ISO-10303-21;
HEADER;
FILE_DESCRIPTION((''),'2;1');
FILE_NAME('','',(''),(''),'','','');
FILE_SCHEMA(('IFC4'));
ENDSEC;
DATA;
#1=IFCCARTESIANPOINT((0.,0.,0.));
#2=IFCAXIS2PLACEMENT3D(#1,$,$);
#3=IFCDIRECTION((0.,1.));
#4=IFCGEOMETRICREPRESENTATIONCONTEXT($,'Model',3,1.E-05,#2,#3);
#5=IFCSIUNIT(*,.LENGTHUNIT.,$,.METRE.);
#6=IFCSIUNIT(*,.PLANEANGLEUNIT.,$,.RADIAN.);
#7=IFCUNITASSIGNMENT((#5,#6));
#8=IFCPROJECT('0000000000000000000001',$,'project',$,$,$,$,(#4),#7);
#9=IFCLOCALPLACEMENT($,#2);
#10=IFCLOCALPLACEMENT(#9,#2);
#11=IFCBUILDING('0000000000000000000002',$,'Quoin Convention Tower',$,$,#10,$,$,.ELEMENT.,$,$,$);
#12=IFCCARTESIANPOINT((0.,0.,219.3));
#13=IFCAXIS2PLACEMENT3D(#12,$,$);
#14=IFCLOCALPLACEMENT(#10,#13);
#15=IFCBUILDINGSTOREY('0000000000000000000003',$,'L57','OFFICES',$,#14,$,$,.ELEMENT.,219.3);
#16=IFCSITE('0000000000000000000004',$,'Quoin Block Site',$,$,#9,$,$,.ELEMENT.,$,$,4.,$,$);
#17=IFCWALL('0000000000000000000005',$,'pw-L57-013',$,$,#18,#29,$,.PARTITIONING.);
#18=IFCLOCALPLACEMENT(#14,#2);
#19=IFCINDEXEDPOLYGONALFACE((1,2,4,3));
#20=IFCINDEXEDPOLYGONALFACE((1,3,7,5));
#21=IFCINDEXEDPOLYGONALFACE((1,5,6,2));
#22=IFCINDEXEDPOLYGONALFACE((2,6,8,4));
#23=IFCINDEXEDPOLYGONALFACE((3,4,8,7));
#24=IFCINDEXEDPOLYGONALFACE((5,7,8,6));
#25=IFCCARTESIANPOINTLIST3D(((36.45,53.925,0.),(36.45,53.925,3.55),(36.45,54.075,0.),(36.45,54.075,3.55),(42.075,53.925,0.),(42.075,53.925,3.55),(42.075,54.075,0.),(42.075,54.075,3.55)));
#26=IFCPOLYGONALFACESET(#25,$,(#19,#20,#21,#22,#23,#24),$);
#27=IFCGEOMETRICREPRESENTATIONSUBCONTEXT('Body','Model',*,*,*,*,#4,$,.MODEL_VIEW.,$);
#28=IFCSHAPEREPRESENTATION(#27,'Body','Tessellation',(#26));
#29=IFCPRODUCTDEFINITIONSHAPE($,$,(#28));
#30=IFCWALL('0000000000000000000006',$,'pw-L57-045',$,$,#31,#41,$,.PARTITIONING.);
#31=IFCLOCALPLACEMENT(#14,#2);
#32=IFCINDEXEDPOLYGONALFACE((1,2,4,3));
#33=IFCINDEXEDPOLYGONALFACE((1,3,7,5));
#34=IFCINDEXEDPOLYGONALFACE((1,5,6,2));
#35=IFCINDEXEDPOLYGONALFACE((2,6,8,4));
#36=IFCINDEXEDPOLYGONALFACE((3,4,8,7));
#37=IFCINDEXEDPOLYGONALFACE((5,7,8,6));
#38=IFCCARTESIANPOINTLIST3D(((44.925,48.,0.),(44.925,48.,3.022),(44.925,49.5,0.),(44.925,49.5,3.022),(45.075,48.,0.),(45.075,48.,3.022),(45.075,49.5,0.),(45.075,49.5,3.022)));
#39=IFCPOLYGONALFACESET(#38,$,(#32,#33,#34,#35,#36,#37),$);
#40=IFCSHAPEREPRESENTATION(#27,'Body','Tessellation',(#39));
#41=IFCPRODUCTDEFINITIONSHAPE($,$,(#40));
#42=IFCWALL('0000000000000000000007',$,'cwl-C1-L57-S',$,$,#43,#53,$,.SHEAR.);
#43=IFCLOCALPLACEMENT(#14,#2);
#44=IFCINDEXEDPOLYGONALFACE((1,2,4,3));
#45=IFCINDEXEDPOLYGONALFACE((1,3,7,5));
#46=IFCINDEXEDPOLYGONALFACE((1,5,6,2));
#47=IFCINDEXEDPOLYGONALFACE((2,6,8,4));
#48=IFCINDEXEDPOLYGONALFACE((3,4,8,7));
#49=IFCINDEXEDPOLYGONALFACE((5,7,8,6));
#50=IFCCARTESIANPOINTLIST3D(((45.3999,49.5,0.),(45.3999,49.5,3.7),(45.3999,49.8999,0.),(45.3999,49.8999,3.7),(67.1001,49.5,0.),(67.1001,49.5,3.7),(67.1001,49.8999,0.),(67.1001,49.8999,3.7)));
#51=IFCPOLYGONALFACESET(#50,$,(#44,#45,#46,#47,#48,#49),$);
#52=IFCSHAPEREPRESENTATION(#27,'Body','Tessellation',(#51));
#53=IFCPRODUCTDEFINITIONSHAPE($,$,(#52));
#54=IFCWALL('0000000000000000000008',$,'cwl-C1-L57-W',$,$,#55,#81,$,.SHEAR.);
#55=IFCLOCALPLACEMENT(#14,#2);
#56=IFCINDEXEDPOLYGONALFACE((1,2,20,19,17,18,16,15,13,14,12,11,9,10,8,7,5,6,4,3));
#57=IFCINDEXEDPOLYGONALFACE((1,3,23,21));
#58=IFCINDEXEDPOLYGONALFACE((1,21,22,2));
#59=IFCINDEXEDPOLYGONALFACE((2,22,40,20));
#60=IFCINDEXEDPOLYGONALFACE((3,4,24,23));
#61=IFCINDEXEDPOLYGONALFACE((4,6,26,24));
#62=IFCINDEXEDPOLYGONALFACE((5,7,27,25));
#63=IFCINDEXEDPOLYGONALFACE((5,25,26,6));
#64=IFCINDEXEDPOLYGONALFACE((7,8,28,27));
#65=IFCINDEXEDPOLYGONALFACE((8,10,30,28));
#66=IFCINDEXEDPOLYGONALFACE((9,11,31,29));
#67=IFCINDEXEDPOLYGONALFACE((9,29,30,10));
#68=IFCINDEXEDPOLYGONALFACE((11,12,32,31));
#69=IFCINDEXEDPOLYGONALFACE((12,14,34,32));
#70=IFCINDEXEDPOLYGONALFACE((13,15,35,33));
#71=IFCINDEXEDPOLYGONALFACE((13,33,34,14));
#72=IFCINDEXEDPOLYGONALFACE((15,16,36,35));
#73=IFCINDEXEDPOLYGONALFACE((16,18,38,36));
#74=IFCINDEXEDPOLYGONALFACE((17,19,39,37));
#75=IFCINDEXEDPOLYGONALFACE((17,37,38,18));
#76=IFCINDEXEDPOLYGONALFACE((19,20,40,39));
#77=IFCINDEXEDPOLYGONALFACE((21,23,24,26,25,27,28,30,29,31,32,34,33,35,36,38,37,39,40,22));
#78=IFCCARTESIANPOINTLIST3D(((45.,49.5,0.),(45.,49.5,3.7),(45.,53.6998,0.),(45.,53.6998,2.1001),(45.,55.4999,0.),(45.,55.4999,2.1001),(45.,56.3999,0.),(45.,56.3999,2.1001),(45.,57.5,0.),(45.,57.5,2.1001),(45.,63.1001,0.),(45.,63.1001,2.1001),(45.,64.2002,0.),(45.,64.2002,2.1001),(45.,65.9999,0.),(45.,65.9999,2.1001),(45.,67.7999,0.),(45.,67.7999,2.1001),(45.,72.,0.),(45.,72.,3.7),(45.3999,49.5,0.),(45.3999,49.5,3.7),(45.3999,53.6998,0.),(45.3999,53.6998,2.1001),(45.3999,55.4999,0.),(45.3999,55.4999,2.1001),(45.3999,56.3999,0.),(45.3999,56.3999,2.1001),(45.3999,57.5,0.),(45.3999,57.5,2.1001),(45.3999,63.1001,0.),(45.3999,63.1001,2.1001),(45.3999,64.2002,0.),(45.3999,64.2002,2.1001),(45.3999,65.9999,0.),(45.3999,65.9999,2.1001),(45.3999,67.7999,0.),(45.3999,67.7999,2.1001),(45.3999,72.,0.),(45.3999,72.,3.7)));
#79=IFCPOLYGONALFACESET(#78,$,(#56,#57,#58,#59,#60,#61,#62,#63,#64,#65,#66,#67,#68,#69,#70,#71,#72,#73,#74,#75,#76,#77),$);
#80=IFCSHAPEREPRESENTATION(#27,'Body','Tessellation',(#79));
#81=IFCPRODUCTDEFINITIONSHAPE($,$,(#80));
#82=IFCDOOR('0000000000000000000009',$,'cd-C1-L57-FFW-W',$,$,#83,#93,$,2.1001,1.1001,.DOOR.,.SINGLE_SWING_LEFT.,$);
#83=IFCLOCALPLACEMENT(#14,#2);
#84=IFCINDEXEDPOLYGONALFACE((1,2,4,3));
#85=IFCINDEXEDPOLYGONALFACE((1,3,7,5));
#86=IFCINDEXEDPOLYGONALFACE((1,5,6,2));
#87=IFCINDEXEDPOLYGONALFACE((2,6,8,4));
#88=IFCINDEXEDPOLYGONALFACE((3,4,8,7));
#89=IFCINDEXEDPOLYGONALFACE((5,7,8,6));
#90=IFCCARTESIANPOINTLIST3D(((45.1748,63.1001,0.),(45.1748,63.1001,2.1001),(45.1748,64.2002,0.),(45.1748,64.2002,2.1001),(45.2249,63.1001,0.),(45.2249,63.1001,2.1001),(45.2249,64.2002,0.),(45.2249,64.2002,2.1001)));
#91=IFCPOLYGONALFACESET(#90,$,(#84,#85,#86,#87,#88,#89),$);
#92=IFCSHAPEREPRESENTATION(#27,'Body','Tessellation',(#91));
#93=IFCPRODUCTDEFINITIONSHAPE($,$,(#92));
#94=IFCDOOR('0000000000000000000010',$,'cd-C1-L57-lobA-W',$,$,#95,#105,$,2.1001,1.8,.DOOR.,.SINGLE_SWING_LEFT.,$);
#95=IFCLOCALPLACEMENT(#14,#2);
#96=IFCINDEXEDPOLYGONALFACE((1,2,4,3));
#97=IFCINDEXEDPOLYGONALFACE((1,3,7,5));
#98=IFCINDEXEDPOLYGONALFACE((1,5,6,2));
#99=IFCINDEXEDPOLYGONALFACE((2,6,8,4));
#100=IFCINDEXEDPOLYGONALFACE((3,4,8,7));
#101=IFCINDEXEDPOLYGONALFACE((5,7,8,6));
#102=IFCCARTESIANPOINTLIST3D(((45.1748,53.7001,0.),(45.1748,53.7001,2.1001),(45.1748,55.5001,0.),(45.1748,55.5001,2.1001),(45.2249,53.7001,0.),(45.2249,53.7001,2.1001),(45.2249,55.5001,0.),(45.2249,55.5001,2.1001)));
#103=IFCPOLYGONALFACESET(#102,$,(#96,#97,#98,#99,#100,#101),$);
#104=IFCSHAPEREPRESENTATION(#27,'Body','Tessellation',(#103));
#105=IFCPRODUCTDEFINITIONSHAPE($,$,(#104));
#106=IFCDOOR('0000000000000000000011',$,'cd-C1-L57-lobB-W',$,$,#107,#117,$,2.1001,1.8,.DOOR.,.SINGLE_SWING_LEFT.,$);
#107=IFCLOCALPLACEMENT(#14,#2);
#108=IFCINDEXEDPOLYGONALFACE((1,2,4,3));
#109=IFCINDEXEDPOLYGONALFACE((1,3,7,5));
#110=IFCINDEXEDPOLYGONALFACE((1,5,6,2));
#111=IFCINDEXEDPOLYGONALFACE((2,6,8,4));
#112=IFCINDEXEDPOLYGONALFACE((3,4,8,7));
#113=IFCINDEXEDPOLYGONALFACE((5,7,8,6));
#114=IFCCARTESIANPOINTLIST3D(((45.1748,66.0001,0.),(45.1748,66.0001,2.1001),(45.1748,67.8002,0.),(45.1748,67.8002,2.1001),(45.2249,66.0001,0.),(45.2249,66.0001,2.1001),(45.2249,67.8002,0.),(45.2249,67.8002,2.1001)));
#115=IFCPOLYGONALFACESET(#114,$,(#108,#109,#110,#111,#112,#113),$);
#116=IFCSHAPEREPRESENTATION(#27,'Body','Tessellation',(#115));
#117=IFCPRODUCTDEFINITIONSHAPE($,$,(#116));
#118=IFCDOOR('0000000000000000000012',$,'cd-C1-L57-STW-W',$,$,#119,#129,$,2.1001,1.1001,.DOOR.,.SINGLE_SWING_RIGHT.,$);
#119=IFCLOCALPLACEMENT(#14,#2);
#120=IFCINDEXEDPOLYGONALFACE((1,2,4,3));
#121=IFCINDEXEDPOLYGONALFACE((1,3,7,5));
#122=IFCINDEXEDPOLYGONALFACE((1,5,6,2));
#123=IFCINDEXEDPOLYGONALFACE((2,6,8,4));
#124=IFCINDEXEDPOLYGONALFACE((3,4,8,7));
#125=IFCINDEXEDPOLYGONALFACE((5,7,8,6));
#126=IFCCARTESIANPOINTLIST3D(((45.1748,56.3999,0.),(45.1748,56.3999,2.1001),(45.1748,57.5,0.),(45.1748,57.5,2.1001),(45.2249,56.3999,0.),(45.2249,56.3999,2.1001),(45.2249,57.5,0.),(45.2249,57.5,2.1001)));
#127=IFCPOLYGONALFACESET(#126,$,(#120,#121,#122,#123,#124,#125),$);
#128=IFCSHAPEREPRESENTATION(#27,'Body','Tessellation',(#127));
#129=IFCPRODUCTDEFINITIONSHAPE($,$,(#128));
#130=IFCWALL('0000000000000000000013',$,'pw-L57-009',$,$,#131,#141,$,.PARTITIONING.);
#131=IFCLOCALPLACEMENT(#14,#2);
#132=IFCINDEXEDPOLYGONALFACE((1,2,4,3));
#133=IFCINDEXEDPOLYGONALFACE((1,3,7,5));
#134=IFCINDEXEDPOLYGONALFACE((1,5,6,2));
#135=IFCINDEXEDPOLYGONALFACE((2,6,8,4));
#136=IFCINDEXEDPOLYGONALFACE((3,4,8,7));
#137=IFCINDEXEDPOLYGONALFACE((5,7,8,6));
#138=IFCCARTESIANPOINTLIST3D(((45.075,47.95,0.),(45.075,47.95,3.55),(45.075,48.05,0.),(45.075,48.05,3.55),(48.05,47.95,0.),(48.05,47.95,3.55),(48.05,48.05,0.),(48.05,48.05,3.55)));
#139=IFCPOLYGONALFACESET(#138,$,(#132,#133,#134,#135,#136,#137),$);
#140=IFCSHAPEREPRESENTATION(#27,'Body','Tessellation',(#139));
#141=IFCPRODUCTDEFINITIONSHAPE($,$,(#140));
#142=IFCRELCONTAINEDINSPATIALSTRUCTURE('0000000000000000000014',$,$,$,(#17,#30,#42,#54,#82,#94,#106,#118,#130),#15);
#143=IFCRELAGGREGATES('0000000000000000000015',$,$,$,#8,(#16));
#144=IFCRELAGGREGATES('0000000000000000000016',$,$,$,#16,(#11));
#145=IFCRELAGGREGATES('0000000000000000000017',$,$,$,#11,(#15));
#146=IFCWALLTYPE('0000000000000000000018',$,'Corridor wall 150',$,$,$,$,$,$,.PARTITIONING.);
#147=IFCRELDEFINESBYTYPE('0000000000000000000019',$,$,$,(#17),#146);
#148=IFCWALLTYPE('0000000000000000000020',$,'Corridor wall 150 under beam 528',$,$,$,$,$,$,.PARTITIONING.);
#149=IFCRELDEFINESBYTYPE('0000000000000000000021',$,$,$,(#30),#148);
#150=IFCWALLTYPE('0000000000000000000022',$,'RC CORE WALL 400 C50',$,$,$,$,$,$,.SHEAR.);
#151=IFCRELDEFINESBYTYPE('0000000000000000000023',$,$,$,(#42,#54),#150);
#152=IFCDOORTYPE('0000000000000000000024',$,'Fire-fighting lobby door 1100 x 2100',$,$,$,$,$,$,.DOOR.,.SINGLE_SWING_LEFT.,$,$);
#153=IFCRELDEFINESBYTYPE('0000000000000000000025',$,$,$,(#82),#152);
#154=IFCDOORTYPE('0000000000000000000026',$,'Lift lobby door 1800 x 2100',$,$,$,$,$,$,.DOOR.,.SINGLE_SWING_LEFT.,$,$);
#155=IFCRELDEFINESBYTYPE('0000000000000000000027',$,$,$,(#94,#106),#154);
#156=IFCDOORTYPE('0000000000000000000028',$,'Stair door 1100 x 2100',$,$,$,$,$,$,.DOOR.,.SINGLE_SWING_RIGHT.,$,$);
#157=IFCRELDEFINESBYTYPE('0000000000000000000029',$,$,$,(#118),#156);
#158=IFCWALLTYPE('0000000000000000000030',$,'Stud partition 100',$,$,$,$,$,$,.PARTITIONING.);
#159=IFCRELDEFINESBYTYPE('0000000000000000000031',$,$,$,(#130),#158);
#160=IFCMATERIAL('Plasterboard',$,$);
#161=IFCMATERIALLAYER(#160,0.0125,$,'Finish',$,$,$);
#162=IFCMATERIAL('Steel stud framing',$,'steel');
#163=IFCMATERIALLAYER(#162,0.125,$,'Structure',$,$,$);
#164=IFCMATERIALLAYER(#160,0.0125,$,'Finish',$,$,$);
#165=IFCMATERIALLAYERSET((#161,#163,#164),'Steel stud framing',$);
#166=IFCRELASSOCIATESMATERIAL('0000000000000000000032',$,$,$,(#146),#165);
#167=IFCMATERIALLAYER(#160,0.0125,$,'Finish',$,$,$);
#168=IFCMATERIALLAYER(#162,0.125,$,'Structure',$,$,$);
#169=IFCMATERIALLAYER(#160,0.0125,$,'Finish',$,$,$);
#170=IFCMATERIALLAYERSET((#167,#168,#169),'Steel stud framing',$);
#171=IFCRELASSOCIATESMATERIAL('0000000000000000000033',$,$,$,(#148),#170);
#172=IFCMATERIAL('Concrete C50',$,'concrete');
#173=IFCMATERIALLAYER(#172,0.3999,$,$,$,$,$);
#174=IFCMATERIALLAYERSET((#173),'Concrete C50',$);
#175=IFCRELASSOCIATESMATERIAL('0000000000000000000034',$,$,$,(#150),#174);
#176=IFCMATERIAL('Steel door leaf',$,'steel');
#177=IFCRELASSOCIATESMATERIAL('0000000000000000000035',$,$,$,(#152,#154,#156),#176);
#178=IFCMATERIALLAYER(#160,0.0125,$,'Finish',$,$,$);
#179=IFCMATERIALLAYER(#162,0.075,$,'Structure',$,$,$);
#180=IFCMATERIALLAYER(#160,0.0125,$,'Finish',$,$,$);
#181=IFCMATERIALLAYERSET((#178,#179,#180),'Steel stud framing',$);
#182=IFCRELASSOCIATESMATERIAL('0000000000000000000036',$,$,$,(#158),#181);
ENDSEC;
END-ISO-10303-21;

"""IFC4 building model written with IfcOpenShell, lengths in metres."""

from ifc_helpers import new_model, si_unit, direction, frame, frame_2d, origin, place, context, subcontext, project, spatial, rectangle, extrude, material, layer, layer_set, type_object, element, fill, save


model = new_model("IFC4")

# Units and contexts
model_context = context("Model", 3, precision=1e-05, world=origin(), true_north=direction((0.0, 1.0)))
body_context = subcontext(model_context, "Body", "Model", "MODEL_VIEW")
ifc_project = project(units=[si_unit("LENGTHUNIT", "METRE"), si_unit("PLANEANGLEUNIT", "RADIAN")], contexts=[model_context])

# Site, building, storey
site_placement = place(None, origin())
site = spatial("IfcSite", under=ifc_project, at=site_placement, Name="Quoin Block Site", CompositionType="ELEMENT", RefElevation=4.0)
building_placement = place(site_placement, origin())
building = spatial("IfcBuilding", under=site, at=building_placement, Name="Quoin Convention Tower", CompositionType="ELEMENT")
storey_placement = place(building_placement, frame((0.0, 0.0, 219.3)))
storey = spatial("IfcBuildingStorey", under=building, at=storey_placement, Name="L57", Description="OFFICES", CompositionType="ELEMENT", Elevation=219.3)

# Shared definitions
ifc_material_1 = material(Name="Plasterboard")
ifc_material_2 = material(Name="Steel stud framing", Category="steel")
ifc_material_3 = material(Name="Steel door leaf", Category="steel")

# Walls
ifc_layer_1 = layer(ifc_material_1, 0.0125, Name="Finish")
ifc_layer_2 = layer(ifc_material_2, 0.125, Name="Structure")
ifc_layer_3 = layer(ifc_material_1, 0.0125, Name="Finish")
ifc_layer_set_1 = layer_set([ifc_layer_1, ifc_layer_2, ifc_layer_3], Name="Steel stud framing")
wall_type_1 = type_object("IfcWallType", Name="Corridor wall 150", PredefinedType="PARTITIONING", material=ifc_layer_set_1)
wall_1_placement = place(storey_placement, frame((36.45, 54.0, 0.0), z_axis=(0.0, 0.0, 1.0), x_axis=(1.0, 0.0, 0.0)))
element("IfcWall", 1, at=wall_1_placement, inside=storey, type_object=wall_type_1, Name="pw-L57-013", PredefinedType="PARTITIONING", context=body_context, shape_type="SweptSolid", body=[
    extrude(rectangle(XDim=5.625, YDim=0.1499, at=frame_2d((2.8125, 0.0))), origin(), (0.0, 0.0, 1.0), 3.55),
])
ifc_layer_4 = layer(ifc_material_1, 0.0125, Name="Finish")
ifc_layer_5 = layer(ifc_material_2, 0.125, Name="Structure")
ifc_layer_6 = layer(ifc_material_1, 0.0125, Name="Finish")
ifc_layer_set_2 = layer_set([ifc_layer_4, ifc_layer_5, ifc_layer_6], Name="Steel stud framing")
wall_type_2 = type_object("IfcWallType", Name="Corridor wall 150 under beam 528", PredefinedType="PARTITIONING", material=ifc_layer_set_2)
wall_2_placement = place(storey_placement, frame((45.0, 48.0, 0.0), z_axis=(0.0, 0.0, 1.0), x_axis=(0.0, 1.0, 0.0)))
element("IfcWall", 2, at=wall_2_placement, inside=storey, type_object=wall_type_2, Name="pw-L57-045", PredefinedType="PARTITIONING", context=body_context, shape_type="SweptSolid", body=[
    extrude(rectangle(XDim=1.5, YDim=0.1499, at=frame_2d((0.75, 0.0))), origin(), (0.0, 0.0, 1.0), 3.022),
])
ifc_material_4 = material(Name="Concrete C50", Category="concrete")
ifc_layer_7 = layer(ifc_material_4, 0.3999)
ifc_layer_set_3 = layer_set([ifc_layer_7], Name="Concrete C50")
wall_type_3 = type_object("IfcWallType", Name="RC CORE WALL 400 C50", PredefinedType="SHEAR", material=ifc_layer_set_3)
wall_3_placement = place(storey_placement, frame((45.3999, 49.7, 0.0), z_axis=(0.0, 0.0, 1.0), x_axis=(1.0, 0.0, 0.0)))
element("IfcWall", 3, at=wall_3_placement, inside=storey, type_object=wall_type_3, Name="cwl-C1-L57-S", PredefinedType="SHEAR", context=body_context, shape_type="SweptSolid", body=[
    extrude(rectangle(XDim=21.7002, YDim=0.3999, at=frame_2d((10.8501, 0.0))), origin(), (0.0, 0.0, 1.0), 3.7),
])

# Wall, openings, doors
wall_4_placement = place(storey_placement, frame((45.2, 49.5, 0.0), z_axis=(0.0, 0.0, 1.0), x_axis=(0.0, 1.0, 0.0)))
wall_4 = element("IfcWall", 4, at=wall_4_placement, inside=storey, type_object=wall_type_3, Name="cwl-C1-L57-W", PredefinedType="SHEAR", context=body_context, shape_type="SweptSolid", body=[
    extrude(rectangle(XDim=22.5, YDim=0.3999, at=frame_2d((11.25, 0.0))), origin(), (0.0, 0.0, 1.0), 3.7),
])
opening_1_placement = place(wall_4_placement, frame((4.2, 0.0, 0.0)))
opening_1 = element("IfcOpeningElement", 5, at=opening_1_placement, cuts=wall_4, PredefinedType="OPENING", context=body_context, shape_type="SweptSolid", body=[
    extrude(rectangle(XDim=1.8, YDim=2.1001, at=frame_2d((0.8999, 1.05))), frame((0.0, 0.21, 0.0), z_axis=(0.0, -1.0, 0.0), x_axis=(1.0, 0.0, 0.0)), (0.0, 0.0, 1.0), 0.4199),
])
opening_2_placement = place(wall_4_placement, frame((6.8999, 0.0, 0.0)))
opening_2 = element("IfcOpeningElement", 6, at=opening_2_placement, cuts=wall_4, PredefinedType="OPENING", context=body_context, shape_type="SweptSolid", body=[
    extrude(rectangle(XDim=1.1001, YDim=2.1001, at=frame_2d((0.55, 1.05))), frame((0.0, 0.21, 0.0), z_axis=(0.0, -1.0, 0.0), x_axis=(1.0, 0.0, 0.0)), (0.0, 0.0, 1.0), 0.4199),
])
opening_3_placement = place(wall_4_placement, frame((13.6001, 0.0, 0.0)))
opening_3 = element("IfcOpeningElement", 7, at=opening_3_placement, cuts=wall_4, PredefinedType="OPENING", context=body_context, shape_type="SweptSolid", body=[
    extrude(rectangle(XDim=1.1001, YDim=2.1001, at=frame_2d((0.55, 1.05))), frame((0.0, 0.21, 0.0), z_axis=(0.0, -1.0, 0.0), x_axis=(1.0, 0.0, 0.0)), (0.0, 0.0, 1.0), 0.4199),
])
opening_4_placement = place(wall_4_placement, frame((16.5, 0.0, 0.0)))
opening_4 = element("IfcOpeningElement", 8, at=opening_4_placement, cuts=wall_4, PredefinedType="OPENING", context=body_context, shape_type="SweptSolid", body=[
    extrude(rectangle(XDim=1.8, YDim=2.1001, at=frame_2d((0.8999, 1.05))), frame((0.0, 0.21, 0.0), z_axis=(0.0, -1.0, 0.0), x_axis=(1.0, 0.0, 0.0)), (0.0, 0.0, 1.0), 0.4199),
])
door_type_1 = type_object("IfcDoorType", Name="Fire-fighting lobby door 1100 x 2100", OperationType="SINGLE_SWING_LEFT", PredefinedType="DOOR", material=ifc_material_3)
door_1_placement = place(opening_3_placement, frame((1.1001, 0.0, 0.0), z_axis=(0.0, 0.0, 1.0), x_axis=(-1.0, 0.0, 0.0)))
door_1 = element("IfcDoor", 9, at=door_1_placement, inside=storey, type_object=door_type_1, Name="cd-C1-L57-FFW-W", OperationType="SINGLE_SWING_LEFT", OverallHeight=2.1001, OverallWidth=1.1001, PredefinedType="DOOR", context=body_context, shape_type="SweptSolid", body=[
    extrude(rectangle(XDim=1.1001, YDim=2.1001, at=frame_2d((0.55, 1.05))), frame((0.0, 0.0249, 0.0), z_axis=(0.0, -1.0, 0.0), x_axis=(1.0, 0.0, 0.0)), (0.0, 0.0, 1.0), 0.05),
])
fill(opening_3, door_1)
door_type_2 = type_object("IfcDoorType", Name="Lift lobby door 1800 x 2100", OperationType="SINGLE_SWING_LEFT", PredefinedType="DOOR", material=ifc_material_3)
door_2_placement = place(opening_1_placement, frame((1.8, 0.0, 0.0), z_axis=(0.0, 0.0, 1.0), x_axis=(-1.0, 0.0, 0.0)))
door_2 = element("IfcDoor", 10, at=door_2_placement, inside=storey, type_object=door_type_2, Name="cd-C1-L57-lobA-W", OperationType="SINGLE_SWING_LEFT", OverallHeight=2.1001, OverallWidth=1.8, PredefinedType="DOOR", context=body_context, shape_type="SweptSolid", body=[
    extrude(rectangle(XDim=1.8, YDim=2.1001, at=frame_2d((0.8999, 1.05))), frame((0.0, 0.0249, 0.0), z_axis=(0.0, -1.0, 0.0), x_axis=(1.0, 0.0, 0.0)), (0.0, 0.0, 1.0), 0.05),
])
fill(opening_1, door_2)
door_3_placement = place(opening_4_placement, frame((1.8, 0.0, 0.0), z_axis=(0.0, 0.0, 1.0), x_axis=(-1.0, 0.0, 0.0)))
door_3 = element("IfcDoor", 11, at=door_3_placement, inside=storey, type_object=door_type_2, Name="cd-C1-L57-lobB-W", OperationType="SINGLE_SWING_LEFT", OverallHeight=2.1001, OverallWidth=1.8, PredefinedType="DOOR", context=body_context, shape_type="SweptSolid", body=[
    extrude(rectangle(XDim=1.8, YDim=2.1001, at=frame_2d((0.8999, 1.05))), frame((0.0, 0.0249, 0.0), z_axis=(0.0, -1.0, 0.0), x_axis=(1.0, 0.0, 0.0)), (0.0, 0.0, 1.0), 0.05),
])
fill(opening_4, door_3)
door_type_3 = type_object("IfcDoorType", Name="Stair door 1100 x 2100", OperationType="SINGLE_SWING_RIGHT", PredefinedType="DOOR", material=ifc_material_3)
door_4_placement = place(opening_2_placement, frame((1.1001, 0.0, 0.0), z_axis=(0.0, 0.0, 1.0), x_axis=(-1.0, 0.0, 0.0)))
door_4 = element("IfcDoor", 12, at=door_4_placement, inside=storey, type_object=door_type_3, Name="cd-C1-L57-STW-W", OperationType="SINGLE_SWING_RIGHT", OverallHeight=2.1001, OverallWidth=1.1001, PredefinedType="DOOR", context=body_context, shape_type="SweptSolid", body=[
    extrude(rectangle(XDim=1.1001, YDim=2.1001, at=frame_2d((0.55, 1.05))), frame((0.0, 0.0249, 0.0), z_axis=(0.0, -1.0, 0.0), x_axis=(1.0, 0.0, 0.0)), (0.0, 0.0, 1.0), 0.05),
])
fill(opening_2, door_4)

# Wall
ifc_layer_8 = layer(ifc_material_1, 0.0125, Name="Finish")
ifc_layer_9 = layer(ifc_material_2, 0.075, Name="Structure")
ifc_layer_10 = layer(ifc_material_1, 0.0125, Name="Finish")
ifc_layer_set_4 = layer_set([ifc_layer_8, ifc_layer_9, ifc_layer_10], Name="Steel stud framing")
wall_type_4 = type_object("IfcWallType", Name="Stud partition 100", PredefinedType="PARTITIONING", material=ifc_layer_set_4)
wall_5_placement = place(storey_placement, frame((45.075, 48.0, 0.0), z_axis=(0.0, 0.0, 1.0), x_axis=(1.0, 0.0, 0.0)))
element("IfcWall", 13, at=wall_5_placement, inside=storey, type_object=wall_type_4, Name="pw-L57-009", PredefinedType="PARTITIONING", context=body_context, shape_type="SweptSolid", body=[
    extrude(rectangle(XDim=2.9751, YDim=0.1001, at=frame_2d((1.4875, 0.0))), origin(), (0.0, 0.0, 1.0), 3.55),
])

save(model, "model.ifc")
